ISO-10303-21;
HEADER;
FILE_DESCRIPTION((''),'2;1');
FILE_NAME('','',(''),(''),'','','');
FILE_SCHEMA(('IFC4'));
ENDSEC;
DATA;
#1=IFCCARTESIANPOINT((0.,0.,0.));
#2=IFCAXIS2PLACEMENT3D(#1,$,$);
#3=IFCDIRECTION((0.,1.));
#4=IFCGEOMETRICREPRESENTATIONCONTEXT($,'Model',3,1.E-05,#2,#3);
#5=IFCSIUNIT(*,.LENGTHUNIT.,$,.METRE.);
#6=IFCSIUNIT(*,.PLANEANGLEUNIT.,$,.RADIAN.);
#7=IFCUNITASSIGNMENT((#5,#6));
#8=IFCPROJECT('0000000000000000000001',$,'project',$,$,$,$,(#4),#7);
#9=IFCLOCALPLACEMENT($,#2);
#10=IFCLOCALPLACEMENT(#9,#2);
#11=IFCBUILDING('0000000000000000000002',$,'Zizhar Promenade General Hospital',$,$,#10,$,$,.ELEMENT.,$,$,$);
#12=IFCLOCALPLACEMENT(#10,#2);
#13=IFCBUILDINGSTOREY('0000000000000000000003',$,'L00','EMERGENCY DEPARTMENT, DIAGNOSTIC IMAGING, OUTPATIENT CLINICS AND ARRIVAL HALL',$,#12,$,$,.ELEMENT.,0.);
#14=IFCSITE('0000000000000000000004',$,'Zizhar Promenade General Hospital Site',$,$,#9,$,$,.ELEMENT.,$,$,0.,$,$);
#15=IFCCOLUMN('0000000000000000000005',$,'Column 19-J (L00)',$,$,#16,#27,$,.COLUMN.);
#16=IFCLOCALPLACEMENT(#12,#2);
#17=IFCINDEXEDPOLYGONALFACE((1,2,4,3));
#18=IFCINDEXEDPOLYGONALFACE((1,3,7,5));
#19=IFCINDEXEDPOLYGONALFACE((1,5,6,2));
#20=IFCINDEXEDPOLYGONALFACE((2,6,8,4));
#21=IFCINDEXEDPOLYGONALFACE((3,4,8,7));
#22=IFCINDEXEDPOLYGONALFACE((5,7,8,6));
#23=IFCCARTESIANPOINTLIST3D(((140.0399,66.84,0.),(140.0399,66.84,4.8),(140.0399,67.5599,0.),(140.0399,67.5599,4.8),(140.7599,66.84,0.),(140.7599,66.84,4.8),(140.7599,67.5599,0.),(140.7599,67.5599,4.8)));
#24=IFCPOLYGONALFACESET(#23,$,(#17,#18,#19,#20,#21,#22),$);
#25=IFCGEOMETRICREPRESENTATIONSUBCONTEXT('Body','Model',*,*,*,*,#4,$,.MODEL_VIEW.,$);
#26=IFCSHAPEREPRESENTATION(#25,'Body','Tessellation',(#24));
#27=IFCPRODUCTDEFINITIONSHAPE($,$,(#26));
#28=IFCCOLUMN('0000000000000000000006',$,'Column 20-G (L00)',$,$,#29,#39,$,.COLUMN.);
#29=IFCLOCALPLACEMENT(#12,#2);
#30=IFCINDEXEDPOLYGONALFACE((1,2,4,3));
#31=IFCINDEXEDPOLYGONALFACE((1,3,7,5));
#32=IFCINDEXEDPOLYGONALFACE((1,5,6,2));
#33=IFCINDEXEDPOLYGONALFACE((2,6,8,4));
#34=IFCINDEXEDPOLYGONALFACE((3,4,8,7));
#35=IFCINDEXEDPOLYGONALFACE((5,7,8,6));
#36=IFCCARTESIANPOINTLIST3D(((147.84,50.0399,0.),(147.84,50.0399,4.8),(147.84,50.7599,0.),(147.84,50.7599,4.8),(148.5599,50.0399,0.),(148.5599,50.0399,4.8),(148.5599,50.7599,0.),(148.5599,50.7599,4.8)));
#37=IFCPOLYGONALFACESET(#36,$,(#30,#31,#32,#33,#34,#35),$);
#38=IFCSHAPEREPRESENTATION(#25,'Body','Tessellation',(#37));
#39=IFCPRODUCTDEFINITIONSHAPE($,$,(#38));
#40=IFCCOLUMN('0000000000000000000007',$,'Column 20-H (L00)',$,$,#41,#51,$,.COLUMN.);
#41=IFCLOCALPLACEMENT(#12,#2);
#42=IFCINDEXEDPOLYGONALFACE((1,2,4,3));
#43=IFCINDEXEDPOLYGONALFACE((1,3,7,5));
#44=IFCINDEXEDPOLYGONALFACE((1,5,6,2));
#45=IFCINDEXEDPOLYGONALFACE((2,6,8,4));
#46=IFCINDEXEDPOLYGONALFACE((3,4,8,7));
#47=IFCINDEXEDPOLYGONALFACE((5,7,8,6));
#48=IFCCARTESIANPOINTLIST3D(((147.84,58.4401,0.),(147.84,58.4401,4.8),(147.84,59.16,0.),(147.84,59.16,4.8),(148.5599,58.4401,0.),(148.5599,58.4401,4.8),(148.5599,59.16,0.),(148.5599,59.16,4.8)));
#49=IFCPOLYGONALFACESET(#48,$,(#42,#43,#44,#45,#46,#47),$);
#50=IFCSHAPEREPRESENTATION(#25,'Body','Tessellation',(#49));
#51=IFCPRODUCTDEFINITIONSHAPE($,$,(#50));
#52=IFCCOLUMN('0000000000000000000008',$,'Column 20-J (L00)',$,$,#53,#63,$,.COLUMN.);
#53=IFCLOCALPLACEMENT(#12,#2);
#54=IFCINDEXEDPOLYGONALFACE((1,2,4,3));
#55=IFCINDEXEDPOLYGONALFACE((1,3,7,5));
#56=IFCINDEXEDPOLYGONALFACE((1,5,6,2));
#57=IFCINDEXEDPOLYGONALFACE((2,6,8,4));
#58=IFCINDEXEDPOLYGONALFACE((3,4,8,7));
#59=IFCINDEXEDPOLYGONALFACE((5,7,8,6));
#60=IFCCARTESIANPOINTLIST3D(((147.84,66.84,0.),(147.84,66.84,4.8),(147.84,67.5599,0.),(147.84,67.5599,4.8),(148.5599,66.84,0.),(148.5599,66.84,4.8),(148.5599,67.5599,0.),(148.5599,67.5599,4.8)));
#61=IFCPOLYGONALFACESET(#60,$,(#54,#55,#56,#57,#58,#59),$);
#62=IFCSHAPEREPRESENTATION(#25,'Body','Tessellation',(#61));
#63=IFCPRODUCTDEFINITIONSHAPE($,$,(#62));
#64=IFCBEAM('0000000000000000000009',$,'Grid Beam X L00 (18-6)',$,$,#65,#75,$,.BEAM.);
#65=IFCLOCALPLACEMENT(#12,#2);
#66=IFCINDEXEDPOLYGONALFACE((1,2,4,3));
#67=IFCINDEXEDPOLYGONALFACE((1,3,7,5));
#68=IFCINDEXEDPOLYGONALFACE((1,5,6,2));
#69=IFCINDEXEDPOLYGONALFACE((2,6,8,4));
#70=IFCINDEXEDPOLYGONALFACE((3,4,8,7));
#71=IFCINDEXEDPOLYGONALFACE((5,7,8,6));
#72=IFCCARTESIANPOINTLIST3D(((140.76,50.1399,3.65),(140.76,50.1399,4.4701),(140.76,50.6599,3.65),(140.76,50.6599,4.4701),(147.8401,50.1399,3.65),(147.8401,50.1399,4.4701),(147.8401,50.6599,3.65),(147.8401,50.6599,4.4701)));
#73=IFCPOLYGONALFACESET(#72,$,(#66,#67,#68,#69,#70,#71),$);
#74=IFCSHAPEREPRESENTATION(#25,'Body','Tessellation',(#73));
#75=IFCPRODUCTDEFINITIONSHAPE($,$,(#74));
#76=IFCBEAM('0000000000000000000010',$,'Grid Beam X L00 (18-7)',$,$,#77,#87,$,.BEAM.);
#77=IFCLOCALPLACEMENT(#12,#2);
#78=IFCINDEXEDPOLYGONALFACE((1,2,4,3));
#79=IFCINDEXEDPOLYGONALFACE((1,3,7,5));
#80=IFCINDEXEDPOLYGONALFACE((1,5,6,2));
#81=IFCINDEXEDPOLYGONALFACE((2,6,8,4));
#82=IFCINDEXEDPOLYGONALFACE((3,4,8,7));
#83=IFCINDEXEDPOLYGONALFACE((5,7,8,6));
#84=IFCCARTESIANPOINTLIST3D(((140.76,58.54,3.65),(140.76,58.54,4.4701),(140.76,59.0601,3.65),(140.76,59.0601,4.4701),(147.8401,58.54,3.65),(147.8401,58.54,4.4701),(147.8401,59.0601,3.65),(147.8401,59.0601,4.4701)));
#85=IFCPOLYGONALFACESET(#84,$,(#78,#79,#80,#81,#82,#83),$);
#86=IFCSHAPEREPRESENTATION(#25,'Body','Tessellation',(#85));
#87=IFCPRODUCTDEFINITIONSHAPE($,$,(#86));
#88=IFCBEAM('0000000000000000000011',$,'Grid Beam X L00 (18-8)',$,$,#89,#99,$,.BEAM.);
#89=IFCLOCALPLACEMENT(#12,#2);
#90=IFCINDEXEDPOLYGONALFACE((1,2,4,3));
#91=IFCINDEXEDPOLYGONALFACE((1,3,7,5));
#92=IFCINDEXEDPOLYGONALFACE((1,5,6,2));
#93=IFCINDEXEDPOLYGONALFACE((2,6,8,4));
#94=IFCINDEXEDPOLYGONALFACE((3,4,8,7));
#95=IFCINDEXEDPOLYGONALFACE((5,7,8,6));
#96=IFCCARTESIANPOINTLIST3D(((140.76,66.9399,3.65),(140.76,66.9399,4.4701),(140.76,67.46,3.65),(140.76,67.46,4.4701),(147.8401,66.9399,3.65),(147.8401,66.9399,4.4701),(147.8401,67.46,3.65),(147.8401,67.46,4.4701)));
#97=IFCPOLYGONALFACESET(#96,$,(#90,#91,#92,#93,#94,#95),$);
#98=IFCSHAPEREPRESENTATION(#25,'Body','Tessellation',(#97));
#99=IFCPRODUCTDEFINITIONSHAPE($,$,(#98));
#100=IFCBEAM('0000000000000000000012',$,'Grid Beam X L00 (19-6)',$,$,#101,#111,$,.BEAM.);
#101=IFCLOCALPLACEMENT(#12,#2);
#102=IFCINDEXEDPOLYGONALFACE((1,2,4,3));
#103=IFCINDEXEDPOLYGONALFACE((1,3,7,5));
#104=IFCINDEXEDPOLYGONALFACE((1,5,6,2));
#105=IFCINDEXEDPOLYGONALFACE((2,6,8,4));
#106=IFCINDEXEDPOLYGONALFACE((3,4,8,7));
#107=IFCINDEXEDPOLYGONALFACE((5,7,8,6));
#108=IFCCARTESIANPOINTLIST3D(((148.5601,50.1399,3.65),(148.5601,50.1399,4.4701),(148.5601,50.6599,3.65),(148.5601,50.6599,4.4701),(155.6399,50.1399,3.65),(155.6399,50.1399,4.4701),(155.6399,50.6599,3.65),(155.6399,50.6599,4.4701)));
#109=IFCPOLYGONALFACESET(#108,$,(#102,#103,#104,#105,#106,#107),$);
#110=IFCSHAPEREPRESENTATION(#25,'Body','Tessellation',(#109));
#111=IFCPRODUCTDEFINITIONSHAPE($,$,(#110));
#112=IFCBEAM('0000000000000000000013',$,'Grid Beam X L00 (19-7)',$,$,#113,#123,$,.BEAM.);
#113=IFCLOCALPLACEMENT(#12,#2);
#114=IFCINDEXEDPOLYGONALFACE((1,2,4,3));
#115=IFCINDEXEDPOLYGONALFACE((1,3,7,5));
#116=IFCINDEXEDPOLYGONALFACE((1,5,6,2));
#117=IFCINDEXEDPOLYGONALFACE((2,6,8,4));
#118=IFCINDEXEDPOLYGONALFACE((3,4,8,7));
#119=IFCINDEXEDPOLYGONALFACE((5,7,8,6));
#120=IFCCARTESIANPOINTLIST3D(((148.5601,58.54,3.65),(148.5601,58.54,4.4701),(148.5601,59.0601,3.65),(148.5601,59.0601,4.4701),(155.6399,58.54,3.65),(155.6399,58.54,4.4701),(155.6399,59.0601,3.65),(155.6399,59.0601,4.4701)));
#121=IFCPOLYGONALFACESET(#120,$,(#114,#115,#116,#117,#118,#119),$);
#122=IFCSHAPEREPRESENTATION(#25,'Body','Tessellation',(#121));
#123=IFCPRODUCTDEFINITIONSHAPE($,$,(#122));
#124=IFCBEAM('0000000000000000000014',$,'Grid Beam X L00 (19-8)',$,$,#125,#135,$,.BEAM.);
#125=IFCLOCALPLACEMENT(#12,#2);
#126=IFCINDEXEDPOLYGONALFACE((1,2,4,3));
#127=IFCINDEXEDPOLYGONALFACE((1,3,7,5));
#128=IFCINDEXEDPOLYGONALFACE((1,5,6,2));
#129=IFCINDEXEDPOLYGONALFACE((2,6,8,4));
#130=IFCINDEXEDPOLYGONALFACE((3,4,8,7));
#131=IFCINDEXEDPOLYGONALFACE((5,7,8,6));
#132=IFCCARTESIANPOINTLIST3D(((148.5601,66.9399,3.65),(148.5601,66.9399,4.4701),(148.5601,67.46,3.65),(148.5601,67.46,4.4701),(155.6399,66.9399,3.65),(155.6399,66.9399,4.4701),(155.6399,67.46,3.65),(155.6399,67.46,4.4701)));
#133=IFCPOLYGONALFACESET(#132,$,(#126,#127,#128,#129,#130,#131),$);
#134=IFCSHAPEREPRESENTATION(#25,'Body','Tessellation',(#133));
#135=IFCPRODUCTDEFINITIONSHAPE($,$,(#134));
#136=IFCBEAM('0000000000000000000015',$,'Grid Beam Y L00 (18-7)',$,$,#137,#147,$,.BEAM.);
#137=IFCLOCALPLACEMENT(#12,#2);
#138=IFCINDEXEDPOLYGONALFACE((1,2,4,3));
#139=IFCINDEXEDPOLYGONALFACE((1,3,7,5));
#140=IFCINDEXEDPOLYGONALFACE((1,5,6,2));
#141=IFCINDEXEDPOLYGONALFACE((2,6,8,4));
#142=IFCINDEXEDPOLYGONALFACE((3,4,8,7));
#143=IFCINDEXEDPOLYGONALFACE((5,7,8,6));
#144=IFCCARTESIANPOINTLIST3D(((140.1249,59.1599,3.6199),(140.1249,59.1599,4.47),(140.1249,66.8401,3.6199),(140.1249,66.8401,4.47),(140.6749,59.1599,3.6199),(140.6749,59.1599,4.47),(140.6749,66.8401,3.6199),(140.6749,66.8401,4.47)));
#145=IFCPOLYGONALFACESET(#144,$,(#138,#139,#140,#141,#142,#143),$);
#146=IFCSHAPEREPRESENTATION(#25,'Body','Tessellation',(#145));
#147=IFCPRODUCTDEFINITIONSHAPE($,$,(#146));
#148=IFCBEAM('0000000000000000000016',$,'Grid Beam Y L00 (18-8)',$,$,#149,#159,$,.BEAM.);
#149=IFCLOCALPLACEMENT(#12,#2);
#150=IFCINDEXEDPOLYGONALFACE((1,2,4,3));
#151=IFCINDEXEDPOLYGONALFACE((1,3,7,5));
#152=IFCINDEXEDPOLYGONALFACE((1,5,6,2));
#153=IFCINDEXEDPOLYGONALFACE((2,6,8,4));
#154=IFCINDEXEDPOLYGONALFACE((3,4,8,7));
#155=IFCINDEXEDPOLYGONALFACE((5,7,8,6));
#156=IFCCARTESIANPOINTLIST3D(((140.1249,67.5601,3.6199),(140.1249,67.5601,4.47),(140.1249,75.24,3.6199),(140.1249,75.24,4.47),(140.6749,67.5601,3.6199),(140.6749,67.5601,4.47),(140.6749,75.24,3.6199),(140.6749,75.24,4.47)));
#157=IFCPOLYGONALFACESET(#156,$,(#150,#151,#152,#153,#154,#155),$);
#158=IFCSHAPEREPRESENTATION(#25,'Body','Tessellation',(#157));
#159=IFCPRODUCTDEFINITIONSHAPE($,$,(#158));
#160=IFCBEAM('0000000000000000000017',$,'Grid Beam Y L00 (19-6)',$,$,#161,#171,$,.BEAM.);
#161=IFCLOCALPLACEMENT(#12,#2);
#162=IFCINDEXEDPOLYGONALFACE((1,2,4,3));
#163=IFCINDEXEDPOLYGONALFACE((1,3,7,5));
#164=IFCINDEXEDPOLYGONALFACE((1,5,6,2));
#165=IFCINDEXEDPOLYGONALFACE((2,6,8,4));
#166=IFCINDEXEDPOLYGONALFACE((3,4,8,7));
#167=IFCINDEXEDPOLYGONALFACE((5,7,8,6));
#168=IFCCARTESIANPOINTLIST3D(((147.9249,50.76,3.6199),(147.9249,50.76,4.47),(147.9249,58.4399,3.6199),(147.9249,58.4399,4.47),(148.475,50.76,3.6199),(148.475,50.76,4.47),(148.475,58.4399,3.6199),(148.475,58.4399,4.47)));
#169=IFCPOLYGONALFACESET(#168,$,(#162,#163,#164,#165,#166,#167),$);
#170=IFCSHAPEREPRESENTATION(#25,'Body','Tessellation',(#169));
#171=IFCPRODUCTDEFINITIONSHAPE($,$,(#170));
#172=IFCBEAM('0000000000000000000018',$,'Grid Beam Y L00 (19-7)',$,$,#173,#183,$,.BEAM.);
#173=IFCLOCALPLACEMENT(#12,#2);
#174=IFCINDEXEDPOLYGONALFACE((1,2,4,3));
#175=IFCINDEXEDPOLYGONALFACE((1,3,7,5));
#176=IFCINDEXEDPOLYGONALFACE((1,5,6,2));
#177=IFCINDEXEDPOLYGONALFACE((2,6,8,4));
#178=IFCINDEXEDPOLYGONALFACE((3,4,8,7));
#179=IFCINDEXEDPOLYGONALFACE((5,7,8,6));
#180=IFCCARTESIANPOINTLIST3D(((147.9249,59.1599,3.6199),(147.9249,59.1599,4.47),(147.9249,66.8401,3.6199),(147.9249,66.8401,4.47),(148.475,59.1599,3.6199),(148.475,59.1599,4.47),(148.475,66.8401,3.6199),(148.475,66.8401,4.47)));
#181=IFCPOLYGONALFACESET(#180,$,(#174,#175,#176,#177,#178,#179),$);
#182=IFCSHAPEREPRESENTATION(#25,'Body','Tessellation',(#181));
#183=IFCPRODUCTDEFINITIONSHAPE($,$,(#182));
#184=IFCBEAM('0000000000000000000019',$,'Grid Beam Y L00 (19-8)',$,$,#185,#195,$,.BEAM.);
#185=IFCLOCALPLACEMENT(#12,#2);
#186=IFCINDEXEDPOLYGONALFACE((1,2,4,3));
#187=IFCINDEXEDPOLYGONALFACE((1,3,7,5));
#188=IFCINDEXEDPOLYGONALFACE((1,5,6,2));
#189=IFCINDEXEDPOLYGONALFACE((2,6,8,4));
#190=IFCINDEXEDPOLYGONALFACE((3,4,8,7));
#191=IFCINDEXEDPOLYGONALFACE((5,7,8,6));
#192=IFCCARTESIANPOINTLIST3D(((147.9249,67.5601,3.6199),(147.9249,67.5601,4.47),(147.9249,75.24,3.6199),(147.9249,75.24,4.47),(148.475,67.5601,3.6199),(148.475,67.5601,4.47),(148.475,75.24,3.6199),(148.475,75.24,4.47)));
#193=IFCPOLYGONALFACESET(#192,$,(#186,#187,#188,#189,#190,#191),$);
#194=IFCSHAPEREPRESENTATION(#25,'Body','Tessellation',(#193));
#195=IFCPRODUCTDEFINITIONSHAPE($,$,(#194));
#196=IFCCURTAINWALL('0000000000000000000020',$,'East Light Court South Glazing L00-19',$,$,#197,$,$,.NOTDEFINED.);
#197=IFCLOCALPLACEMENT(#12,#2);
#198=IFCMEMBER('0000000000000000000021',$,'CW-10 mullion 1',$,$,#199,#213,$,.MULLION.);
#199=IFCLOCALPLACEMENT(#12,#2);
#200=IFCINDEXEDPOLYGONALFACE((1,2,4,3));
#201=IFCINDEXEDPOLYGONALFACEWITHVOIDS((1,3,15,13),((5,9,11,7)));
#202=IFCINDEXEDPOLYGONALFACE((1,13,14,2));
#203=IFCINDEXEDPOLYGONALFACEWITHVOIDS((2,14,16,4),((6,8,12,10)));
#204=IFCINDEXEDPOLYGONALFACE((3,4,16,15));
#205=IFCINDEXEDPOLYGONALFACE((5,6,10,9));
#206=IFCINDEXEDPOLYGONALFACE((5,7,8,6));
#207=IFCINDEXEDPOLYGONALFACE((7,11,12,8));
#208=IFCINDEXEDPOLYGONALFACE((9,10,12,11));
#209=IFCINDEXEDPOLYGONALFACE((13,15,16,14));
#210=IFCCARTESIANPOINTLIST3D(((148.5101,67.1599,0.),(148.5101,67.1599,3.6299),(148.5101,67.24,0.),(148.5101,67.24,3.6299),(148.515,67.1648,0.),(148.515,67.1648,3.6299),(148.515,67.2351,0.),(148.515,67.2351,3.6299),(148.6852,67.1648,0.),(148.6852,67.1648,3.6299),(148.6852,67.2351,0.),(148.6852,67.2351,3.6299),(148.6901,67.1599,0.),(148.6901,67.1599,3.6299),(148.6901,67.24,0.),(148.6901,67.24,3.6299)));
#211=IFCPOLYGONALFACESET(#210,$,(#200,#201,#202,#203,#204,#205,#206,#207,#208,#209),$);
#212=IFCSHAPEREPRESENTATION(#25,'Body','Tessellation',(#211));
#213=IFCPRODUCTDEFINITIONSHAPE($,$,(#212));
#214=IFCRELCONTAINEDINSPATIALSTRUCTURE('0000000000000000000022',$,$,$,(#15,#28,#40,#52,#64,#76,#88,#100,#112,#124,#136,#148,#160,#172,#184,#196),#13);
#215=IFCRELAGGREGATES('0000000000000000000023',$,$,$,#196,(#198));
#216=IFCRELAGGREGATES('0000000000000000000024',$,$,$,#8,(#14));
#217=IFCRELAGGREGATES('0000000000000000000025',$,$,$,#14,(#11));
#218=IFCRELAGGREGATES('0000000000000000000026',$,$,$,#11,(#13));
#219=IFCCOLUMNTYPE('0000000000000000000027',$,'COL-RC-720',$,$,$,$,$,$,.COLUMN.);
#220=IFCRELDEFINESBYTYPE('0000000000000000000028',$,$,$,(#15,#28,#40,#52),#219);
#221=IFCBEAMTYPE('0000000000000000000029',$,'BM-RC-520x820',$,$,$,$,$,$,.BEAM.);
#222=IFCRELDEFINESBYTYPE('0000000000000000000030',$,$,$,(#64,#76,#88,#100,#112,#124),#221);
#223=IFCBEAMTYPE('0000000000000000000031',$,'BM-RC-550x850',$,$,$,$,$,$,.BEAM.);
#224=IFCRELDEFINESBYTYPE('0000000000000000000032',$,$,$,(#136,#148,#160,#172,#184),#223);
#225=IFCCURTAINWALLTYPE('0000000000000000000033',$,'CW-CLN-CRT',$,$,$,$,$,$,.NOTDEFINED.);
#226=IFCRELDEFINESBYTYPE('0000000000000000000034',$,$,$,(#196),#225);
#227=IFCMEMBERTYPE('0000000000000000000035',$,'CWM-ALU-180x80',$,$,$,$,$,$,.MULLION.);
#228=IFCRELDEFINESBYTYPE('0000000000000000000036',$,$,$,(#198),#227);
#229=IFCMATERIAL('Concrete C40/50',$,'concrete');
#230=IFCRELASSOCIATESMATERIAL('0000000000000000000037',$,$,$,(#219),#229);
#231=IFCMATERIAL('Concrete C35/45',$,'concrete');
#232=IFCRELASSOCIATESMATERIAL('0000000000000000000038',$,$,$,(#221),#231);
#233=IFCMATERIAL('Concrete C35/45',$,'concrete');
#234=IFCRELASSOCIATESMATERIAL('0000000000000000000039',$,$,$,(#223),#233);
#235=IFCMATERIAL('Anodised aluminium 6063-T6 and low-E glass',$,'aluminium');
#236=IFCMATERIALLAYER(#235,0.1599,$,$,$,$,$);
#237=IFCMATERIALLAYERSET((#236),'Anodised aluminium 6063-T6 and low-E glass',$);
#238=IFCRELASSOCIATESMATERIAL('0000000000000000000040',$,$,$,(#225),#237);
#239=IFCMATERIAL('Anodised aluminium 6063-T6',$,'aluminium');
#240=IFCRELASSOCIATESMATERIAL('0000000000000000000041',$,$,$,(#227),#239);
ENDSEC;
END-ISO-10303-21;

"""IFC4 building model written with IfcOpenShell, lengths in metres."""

from ifc_helpers import new_model, si_unit, direction, frame, origin, origin_2d, place, context, subcontext, project, spatial, rectangle, hollow_rectangle, extrude, material, layer, layer_set, material_profile, profile_set, type_object, element, aggregate, save


model = new_model("IFC4")

# Units and contexts
model_context = context("Model", 3, precision=1e-05, world=origin(), true_north=direction((0.0, 1.0)))
body_context = subcontext(model_context, "Body", "Model", "MODEL_VIEW")
ifc_project = project(units=[si_unit("LENGTHUNIT", "METRE"), si_unit("PLANEANGLEUNIT", "RADIAN")], contexts=[model_context])

# Site, building, storey
site_placement = place(None, origin())
site = spatial("IfcSite", under=ifc_project, at=site_placement, Name="Zizhar Promenade General Hospital Site", CompositionType="ELEMENT", RefElevation=0.0)
building_placement = place(site_placement, origin())
building = spatial("IfcBuilding", under=site, at=building_placement, Name="Zizhar Promenade General Hospital", CompositionType="ELEMENT")
storey_placement = place(building_placement, origin())
storey = spatial("IfcBuildingStorey", under=building, at=storey_placement, Name="L00", Description="EMERGENCY DEPARTMENT, DIAGNOSTIC IMAGING, OUTPATIENT CLINICS AND ARRIVAL HALL", CompositionType="ELEMENT", Elevation=0.0)

# Columns
ifc_material_1 = material(Name="Concrete C40/50", Category="concrete")
ifc_material_profile_1 = material_profile(ifc_material_1, rectangle(XDim=0.72, YDim=0.72, at=origin_2d()))
ifc_profile_set_1 = profile_set([ifc_material_profile_1], Name="Concrete C40/50")
column_type = type_object("IfcColumnType", Name="COL-RC-720", PredefinedType="COLUMN", material=ifc_profile_set_1)
for number, where, z_axis, x_axis, name in (
    (1, (140.3999, 67.2, 0.0), (0.0, 0.0, 1.0), (1.0, 0.0, 0.0), "Column 19-J (L00)"),
    (2, (148.2, 50.3999, 0.0), (0.0, 0.0, 1.0), (1.0, 0.0, 0.0), "Column 20-G (L00)"),
    (3, (148.2, 58.8, 0.0), (0.0, 0.0, 1.0), (1.0, 0.0, 0.0), "Column 20-H (L00)"),
    (4, (148.2, 67.2, 0.0), (0.0, 0.0, 1.0), (1.0, 0.0, 0.0), "Column 20-J (L00)"),
):
    element("IfcColumn", number, at=place(storey_placement, frame(where, z_axis=z_axis, x_axis=x_axis)), inside=storey, type_object=column_type, Name=name, PredefinedType="COLUMN", context=body_context, shape_type="SweptSolid", body=[
        extrude(rectangle(XDim=0.72, YDim=0.72, at=origin_2d()), origin(), (0.0, 0.0, 1.0), 4.8),
    ])

# Beams
ifc_material_2 = material(Name="Concrete C35/45", Category="concrete")
ifc_material_profile_2 = material_profile(ifc_material_2, rectangle(XDim=0.52, YDim=0.8201, at=origin_2d()))
ifc_profile_set_2 = profile_set([ifc_material_profile_2], Name="Concrete C35/45")
beam_type_1 = type_object("IfcBeamType", Name="BM-RC-520x820", PredefinedType="BEAM", material=ifc_profile_set_2)
for number, where, z_axis, x_axis, name in (
    (5, (140.76, 50.3999, 4.0601), (1.0, 0.0, 0.0), (0.0, 1.0, 0.0), "Grid Beam X L00 (18-6)"),
    (6, (140.76, 58.8, 4.0601), (1.0, 0.0, 0.0), (0.0, 1.0, 0.0), "Grid Beam X L00 (18-7)"),
    (7, (140.76, 67.2, 4.0601), (1.0, 0.0, 0.0), (0.0, 1.0, 0.0), "Grid Beam X L00 (18-8)"),
):
    element("IfcBeam", number, at=place(storey_placement, frame(where, z_axis=z_axis, x_axis=x_axis)), inside=storey, type_object=beam_type_1, Name=name, PredefinedType="BEAM", context=body_context, shape_type="SweptSolid", body=[
        extrude(rectangle(XDim=0.52, YDim=0.8201, at=origin_2d()), origin(), (0.0, 0.0, 1.0), 7.0801),
    ])
for number, where, z_axis, x_axis, name in (
    (8, (148.5601, 50.3999, 4.0601), (1.0, 0.0, 0.0), (0.0, 1.0, 0.0), "Grid Beam X L00 (19-6)"),
    (9, (148.5601, 58.8, 4.0601), (1.0, 0.0, 0.0), (0.0, 1.0, 0.0), "Grid Beam X L00 (19-7)"),
    (10, (148.5601, 67.2, 4.0601), (1.0, 0.0, 0.0), (0.0, 1.0, 0.0), "Grid Beam X L00 (19-8)"),
):
    element("IfcBeam", number, at=place(storey_placement, frame(where, z_axis=z_axis, x_axis=x_axis)), inside=storey, type_object=beam_type_1, Name=name, PredefinedType="BEAM", context=body_context, shape_type="SweptSolid", body=[
        extrude(rectangle(XDim=0.52, YDim=0.8201, at=origin_2d()), origin(), (0.0, 0.0, 1.0), 7.0798),
    ])
ifc_material_3 = material(Name="Concrete C35/45", Category="concrete")
ifc_material_profile_3 = material_profile(ifc_material_3, rectangle(XDim=0.55, YDim=0.8501, at=origin_2d()))
ifc_profile_set_3 = profile_set([ifc_material_profile_3], Name="Concrete C35/45")
beam_type_2 = type_object("IfcBeamType", Name="BM-RC-550x850", PredefinedType="BEAM", material=ifc_profile_set_3)
beam_1_placement = place(storey_placement, frame((140.3999, 59.1599, 4.0449), z_axis=(0.0, 1.0, 0.0), x_axis=(-1.0, 0.0, 0.0)))
element("IfcBeam", 11, at=beam_1_placement, inside=storey, type_object=beam_type_2, Name="Grid Beam Y L00 (18-7)", PredefinedType="BEAM", context=body_context, shape_type="SweptSolid", body=[
    extrude(rectangle(XDim=0.55, YDim=0.8501, at=origin_2d()), origin(), (0.0, 0.0, 1.0), 7.6802),
])
for number, where, z_axis, x_axis, name in (
    (12, (140.3999, 67.5601, 4.0449), (0.0, 1.0, 0.0), (-1.0, 0.0, 0.0), "Grid Beam Y L00 (18-8)"),
    (13, (148.2, 50.76, 4.0449), (0.0, 1.0, 0.0), (-1.0, 0.0, 0.0), "Grid Beam Y L00 (19-6)"),
):
    element("IfcBeam", number, at=place(storey_placement, frame(where, z_axis=z_axis, x_axis=x_axis)), inside=storey, type_object=beam_type_2, Name=name, PredefinedType="BEAM", context=body_context, shape_type="SweptSolid", body=[
        extrude(rectangle(XDim=0.55, YDim=0.8501, at=origin_2d()), origin(), (0.0, 0.0, 1.0), 7.6799),
    ])
beam_2_placement = place(storey_placement, frame((148.2, 59.1599, 4.0449), z_axis=(0.0, 1.0, 0.0), x_axis=(-1.0, 0.0, 0.0)))
element("IfcBeam", 14, at=beam_2_placement, inside=storey, type_object=beam_type_2, Name="Grid Beam Y L00 (19-7)", PredefinedType="BEAM", context=body_context, shape_type="SweptSolid", body=[
    extrude(rectangle(XDim=0.55, YDim=0.8501, at=origin_2d()), origin(), (0.0, 0.0, 1.0), 7.6802),
])
beam_3_placement = place(storey_placement, frame((148.2, 67.5601, 4.0449), z_axis=(0.0, 1.0, 0.0), x_axis=(-1.0, 0.0, 0.0)))
element("IfcBeam", 15, at=beam_3_placement, inside=storey, type_object=beam_type_2, Name="Grid Beam Y L00 (19-8)", PredefinedType="BEAM", context=body_context, shape_type="SweptSolid", body=[
    extrude(rectangle(XDim=0.55, YDim=0.8501, at=origin_2d()), origin(), (0.0, 0.0, 1.0), 7.6799),
])

# Curtain wall, member
ifc_material_4 = material(Name="Anodised aluminium 6063-T6 and low-E glass", Category="aluminium")
ifc_layer_1 = layer(ifc_material_4, 0.1599)
ifc_layer_set_1 = layer_set([ifc_layer_1], Name="Anodised aluminium 6063-T6 and low-E glass")
curtain_wall_type = type_object("IfcCurtainWallType", Name="CW-CLN-CRT", PredefinedType="NOTDEFINED", material=ifc_layer_set_1)
curtain_wall_placement = place(storey_placement, origin())
curtain_wall = element("IfcCurtainWall", 16, at=curtain_wall_placement, inside=storey, type_object=curtain_wall_type, Name="East Light Court South Glazing L00-19", PredefinedType="NOTDEFINED")
ifc_material_5 = material(Name="Anodised aluminium 6063-T6", Category="aluminium")
ifc_material_profile_4 = material_profile(ifc_material_5, hollow_rectangle(XDim=0.0801, YDim=0.1799, WallThickness=0.0049, at=origin_2d()))
ifc_profile_set_4 = profile_set([ifc_material_profile_4], Name="Anodised aluminium 6063-T6")
member_type_1 = type_object("IfcMemberType", Name="CWM-ALU-180x80", PredefinedType="MULLION", material=ifc_profile_set_4)
member_1_placement = place(storey_placement, frame((148.6001, 67.2, 0.0), z_axis=(0.0, 0.0, 1.0), x_axis=(0.0, 1.0, 0.0)))
member_1 = element("IfcMember", 17, at=member_1_placement, type_object=member_type_1, Name="CW-10 mullion 1", PredefinedType="MULLION", context=body_context, shape_type="SweptSolid", body=[
    extrude(hollow_rectangle(XDim=0.0801, YDim=0.1799, WallThickness=0.0049, at=origin_2d()), origin(), (0.0, 0.0, 1.0), 3.6299),
])
aggregate(curtain_wall, [member_1])

save(model, "model.ifc")
